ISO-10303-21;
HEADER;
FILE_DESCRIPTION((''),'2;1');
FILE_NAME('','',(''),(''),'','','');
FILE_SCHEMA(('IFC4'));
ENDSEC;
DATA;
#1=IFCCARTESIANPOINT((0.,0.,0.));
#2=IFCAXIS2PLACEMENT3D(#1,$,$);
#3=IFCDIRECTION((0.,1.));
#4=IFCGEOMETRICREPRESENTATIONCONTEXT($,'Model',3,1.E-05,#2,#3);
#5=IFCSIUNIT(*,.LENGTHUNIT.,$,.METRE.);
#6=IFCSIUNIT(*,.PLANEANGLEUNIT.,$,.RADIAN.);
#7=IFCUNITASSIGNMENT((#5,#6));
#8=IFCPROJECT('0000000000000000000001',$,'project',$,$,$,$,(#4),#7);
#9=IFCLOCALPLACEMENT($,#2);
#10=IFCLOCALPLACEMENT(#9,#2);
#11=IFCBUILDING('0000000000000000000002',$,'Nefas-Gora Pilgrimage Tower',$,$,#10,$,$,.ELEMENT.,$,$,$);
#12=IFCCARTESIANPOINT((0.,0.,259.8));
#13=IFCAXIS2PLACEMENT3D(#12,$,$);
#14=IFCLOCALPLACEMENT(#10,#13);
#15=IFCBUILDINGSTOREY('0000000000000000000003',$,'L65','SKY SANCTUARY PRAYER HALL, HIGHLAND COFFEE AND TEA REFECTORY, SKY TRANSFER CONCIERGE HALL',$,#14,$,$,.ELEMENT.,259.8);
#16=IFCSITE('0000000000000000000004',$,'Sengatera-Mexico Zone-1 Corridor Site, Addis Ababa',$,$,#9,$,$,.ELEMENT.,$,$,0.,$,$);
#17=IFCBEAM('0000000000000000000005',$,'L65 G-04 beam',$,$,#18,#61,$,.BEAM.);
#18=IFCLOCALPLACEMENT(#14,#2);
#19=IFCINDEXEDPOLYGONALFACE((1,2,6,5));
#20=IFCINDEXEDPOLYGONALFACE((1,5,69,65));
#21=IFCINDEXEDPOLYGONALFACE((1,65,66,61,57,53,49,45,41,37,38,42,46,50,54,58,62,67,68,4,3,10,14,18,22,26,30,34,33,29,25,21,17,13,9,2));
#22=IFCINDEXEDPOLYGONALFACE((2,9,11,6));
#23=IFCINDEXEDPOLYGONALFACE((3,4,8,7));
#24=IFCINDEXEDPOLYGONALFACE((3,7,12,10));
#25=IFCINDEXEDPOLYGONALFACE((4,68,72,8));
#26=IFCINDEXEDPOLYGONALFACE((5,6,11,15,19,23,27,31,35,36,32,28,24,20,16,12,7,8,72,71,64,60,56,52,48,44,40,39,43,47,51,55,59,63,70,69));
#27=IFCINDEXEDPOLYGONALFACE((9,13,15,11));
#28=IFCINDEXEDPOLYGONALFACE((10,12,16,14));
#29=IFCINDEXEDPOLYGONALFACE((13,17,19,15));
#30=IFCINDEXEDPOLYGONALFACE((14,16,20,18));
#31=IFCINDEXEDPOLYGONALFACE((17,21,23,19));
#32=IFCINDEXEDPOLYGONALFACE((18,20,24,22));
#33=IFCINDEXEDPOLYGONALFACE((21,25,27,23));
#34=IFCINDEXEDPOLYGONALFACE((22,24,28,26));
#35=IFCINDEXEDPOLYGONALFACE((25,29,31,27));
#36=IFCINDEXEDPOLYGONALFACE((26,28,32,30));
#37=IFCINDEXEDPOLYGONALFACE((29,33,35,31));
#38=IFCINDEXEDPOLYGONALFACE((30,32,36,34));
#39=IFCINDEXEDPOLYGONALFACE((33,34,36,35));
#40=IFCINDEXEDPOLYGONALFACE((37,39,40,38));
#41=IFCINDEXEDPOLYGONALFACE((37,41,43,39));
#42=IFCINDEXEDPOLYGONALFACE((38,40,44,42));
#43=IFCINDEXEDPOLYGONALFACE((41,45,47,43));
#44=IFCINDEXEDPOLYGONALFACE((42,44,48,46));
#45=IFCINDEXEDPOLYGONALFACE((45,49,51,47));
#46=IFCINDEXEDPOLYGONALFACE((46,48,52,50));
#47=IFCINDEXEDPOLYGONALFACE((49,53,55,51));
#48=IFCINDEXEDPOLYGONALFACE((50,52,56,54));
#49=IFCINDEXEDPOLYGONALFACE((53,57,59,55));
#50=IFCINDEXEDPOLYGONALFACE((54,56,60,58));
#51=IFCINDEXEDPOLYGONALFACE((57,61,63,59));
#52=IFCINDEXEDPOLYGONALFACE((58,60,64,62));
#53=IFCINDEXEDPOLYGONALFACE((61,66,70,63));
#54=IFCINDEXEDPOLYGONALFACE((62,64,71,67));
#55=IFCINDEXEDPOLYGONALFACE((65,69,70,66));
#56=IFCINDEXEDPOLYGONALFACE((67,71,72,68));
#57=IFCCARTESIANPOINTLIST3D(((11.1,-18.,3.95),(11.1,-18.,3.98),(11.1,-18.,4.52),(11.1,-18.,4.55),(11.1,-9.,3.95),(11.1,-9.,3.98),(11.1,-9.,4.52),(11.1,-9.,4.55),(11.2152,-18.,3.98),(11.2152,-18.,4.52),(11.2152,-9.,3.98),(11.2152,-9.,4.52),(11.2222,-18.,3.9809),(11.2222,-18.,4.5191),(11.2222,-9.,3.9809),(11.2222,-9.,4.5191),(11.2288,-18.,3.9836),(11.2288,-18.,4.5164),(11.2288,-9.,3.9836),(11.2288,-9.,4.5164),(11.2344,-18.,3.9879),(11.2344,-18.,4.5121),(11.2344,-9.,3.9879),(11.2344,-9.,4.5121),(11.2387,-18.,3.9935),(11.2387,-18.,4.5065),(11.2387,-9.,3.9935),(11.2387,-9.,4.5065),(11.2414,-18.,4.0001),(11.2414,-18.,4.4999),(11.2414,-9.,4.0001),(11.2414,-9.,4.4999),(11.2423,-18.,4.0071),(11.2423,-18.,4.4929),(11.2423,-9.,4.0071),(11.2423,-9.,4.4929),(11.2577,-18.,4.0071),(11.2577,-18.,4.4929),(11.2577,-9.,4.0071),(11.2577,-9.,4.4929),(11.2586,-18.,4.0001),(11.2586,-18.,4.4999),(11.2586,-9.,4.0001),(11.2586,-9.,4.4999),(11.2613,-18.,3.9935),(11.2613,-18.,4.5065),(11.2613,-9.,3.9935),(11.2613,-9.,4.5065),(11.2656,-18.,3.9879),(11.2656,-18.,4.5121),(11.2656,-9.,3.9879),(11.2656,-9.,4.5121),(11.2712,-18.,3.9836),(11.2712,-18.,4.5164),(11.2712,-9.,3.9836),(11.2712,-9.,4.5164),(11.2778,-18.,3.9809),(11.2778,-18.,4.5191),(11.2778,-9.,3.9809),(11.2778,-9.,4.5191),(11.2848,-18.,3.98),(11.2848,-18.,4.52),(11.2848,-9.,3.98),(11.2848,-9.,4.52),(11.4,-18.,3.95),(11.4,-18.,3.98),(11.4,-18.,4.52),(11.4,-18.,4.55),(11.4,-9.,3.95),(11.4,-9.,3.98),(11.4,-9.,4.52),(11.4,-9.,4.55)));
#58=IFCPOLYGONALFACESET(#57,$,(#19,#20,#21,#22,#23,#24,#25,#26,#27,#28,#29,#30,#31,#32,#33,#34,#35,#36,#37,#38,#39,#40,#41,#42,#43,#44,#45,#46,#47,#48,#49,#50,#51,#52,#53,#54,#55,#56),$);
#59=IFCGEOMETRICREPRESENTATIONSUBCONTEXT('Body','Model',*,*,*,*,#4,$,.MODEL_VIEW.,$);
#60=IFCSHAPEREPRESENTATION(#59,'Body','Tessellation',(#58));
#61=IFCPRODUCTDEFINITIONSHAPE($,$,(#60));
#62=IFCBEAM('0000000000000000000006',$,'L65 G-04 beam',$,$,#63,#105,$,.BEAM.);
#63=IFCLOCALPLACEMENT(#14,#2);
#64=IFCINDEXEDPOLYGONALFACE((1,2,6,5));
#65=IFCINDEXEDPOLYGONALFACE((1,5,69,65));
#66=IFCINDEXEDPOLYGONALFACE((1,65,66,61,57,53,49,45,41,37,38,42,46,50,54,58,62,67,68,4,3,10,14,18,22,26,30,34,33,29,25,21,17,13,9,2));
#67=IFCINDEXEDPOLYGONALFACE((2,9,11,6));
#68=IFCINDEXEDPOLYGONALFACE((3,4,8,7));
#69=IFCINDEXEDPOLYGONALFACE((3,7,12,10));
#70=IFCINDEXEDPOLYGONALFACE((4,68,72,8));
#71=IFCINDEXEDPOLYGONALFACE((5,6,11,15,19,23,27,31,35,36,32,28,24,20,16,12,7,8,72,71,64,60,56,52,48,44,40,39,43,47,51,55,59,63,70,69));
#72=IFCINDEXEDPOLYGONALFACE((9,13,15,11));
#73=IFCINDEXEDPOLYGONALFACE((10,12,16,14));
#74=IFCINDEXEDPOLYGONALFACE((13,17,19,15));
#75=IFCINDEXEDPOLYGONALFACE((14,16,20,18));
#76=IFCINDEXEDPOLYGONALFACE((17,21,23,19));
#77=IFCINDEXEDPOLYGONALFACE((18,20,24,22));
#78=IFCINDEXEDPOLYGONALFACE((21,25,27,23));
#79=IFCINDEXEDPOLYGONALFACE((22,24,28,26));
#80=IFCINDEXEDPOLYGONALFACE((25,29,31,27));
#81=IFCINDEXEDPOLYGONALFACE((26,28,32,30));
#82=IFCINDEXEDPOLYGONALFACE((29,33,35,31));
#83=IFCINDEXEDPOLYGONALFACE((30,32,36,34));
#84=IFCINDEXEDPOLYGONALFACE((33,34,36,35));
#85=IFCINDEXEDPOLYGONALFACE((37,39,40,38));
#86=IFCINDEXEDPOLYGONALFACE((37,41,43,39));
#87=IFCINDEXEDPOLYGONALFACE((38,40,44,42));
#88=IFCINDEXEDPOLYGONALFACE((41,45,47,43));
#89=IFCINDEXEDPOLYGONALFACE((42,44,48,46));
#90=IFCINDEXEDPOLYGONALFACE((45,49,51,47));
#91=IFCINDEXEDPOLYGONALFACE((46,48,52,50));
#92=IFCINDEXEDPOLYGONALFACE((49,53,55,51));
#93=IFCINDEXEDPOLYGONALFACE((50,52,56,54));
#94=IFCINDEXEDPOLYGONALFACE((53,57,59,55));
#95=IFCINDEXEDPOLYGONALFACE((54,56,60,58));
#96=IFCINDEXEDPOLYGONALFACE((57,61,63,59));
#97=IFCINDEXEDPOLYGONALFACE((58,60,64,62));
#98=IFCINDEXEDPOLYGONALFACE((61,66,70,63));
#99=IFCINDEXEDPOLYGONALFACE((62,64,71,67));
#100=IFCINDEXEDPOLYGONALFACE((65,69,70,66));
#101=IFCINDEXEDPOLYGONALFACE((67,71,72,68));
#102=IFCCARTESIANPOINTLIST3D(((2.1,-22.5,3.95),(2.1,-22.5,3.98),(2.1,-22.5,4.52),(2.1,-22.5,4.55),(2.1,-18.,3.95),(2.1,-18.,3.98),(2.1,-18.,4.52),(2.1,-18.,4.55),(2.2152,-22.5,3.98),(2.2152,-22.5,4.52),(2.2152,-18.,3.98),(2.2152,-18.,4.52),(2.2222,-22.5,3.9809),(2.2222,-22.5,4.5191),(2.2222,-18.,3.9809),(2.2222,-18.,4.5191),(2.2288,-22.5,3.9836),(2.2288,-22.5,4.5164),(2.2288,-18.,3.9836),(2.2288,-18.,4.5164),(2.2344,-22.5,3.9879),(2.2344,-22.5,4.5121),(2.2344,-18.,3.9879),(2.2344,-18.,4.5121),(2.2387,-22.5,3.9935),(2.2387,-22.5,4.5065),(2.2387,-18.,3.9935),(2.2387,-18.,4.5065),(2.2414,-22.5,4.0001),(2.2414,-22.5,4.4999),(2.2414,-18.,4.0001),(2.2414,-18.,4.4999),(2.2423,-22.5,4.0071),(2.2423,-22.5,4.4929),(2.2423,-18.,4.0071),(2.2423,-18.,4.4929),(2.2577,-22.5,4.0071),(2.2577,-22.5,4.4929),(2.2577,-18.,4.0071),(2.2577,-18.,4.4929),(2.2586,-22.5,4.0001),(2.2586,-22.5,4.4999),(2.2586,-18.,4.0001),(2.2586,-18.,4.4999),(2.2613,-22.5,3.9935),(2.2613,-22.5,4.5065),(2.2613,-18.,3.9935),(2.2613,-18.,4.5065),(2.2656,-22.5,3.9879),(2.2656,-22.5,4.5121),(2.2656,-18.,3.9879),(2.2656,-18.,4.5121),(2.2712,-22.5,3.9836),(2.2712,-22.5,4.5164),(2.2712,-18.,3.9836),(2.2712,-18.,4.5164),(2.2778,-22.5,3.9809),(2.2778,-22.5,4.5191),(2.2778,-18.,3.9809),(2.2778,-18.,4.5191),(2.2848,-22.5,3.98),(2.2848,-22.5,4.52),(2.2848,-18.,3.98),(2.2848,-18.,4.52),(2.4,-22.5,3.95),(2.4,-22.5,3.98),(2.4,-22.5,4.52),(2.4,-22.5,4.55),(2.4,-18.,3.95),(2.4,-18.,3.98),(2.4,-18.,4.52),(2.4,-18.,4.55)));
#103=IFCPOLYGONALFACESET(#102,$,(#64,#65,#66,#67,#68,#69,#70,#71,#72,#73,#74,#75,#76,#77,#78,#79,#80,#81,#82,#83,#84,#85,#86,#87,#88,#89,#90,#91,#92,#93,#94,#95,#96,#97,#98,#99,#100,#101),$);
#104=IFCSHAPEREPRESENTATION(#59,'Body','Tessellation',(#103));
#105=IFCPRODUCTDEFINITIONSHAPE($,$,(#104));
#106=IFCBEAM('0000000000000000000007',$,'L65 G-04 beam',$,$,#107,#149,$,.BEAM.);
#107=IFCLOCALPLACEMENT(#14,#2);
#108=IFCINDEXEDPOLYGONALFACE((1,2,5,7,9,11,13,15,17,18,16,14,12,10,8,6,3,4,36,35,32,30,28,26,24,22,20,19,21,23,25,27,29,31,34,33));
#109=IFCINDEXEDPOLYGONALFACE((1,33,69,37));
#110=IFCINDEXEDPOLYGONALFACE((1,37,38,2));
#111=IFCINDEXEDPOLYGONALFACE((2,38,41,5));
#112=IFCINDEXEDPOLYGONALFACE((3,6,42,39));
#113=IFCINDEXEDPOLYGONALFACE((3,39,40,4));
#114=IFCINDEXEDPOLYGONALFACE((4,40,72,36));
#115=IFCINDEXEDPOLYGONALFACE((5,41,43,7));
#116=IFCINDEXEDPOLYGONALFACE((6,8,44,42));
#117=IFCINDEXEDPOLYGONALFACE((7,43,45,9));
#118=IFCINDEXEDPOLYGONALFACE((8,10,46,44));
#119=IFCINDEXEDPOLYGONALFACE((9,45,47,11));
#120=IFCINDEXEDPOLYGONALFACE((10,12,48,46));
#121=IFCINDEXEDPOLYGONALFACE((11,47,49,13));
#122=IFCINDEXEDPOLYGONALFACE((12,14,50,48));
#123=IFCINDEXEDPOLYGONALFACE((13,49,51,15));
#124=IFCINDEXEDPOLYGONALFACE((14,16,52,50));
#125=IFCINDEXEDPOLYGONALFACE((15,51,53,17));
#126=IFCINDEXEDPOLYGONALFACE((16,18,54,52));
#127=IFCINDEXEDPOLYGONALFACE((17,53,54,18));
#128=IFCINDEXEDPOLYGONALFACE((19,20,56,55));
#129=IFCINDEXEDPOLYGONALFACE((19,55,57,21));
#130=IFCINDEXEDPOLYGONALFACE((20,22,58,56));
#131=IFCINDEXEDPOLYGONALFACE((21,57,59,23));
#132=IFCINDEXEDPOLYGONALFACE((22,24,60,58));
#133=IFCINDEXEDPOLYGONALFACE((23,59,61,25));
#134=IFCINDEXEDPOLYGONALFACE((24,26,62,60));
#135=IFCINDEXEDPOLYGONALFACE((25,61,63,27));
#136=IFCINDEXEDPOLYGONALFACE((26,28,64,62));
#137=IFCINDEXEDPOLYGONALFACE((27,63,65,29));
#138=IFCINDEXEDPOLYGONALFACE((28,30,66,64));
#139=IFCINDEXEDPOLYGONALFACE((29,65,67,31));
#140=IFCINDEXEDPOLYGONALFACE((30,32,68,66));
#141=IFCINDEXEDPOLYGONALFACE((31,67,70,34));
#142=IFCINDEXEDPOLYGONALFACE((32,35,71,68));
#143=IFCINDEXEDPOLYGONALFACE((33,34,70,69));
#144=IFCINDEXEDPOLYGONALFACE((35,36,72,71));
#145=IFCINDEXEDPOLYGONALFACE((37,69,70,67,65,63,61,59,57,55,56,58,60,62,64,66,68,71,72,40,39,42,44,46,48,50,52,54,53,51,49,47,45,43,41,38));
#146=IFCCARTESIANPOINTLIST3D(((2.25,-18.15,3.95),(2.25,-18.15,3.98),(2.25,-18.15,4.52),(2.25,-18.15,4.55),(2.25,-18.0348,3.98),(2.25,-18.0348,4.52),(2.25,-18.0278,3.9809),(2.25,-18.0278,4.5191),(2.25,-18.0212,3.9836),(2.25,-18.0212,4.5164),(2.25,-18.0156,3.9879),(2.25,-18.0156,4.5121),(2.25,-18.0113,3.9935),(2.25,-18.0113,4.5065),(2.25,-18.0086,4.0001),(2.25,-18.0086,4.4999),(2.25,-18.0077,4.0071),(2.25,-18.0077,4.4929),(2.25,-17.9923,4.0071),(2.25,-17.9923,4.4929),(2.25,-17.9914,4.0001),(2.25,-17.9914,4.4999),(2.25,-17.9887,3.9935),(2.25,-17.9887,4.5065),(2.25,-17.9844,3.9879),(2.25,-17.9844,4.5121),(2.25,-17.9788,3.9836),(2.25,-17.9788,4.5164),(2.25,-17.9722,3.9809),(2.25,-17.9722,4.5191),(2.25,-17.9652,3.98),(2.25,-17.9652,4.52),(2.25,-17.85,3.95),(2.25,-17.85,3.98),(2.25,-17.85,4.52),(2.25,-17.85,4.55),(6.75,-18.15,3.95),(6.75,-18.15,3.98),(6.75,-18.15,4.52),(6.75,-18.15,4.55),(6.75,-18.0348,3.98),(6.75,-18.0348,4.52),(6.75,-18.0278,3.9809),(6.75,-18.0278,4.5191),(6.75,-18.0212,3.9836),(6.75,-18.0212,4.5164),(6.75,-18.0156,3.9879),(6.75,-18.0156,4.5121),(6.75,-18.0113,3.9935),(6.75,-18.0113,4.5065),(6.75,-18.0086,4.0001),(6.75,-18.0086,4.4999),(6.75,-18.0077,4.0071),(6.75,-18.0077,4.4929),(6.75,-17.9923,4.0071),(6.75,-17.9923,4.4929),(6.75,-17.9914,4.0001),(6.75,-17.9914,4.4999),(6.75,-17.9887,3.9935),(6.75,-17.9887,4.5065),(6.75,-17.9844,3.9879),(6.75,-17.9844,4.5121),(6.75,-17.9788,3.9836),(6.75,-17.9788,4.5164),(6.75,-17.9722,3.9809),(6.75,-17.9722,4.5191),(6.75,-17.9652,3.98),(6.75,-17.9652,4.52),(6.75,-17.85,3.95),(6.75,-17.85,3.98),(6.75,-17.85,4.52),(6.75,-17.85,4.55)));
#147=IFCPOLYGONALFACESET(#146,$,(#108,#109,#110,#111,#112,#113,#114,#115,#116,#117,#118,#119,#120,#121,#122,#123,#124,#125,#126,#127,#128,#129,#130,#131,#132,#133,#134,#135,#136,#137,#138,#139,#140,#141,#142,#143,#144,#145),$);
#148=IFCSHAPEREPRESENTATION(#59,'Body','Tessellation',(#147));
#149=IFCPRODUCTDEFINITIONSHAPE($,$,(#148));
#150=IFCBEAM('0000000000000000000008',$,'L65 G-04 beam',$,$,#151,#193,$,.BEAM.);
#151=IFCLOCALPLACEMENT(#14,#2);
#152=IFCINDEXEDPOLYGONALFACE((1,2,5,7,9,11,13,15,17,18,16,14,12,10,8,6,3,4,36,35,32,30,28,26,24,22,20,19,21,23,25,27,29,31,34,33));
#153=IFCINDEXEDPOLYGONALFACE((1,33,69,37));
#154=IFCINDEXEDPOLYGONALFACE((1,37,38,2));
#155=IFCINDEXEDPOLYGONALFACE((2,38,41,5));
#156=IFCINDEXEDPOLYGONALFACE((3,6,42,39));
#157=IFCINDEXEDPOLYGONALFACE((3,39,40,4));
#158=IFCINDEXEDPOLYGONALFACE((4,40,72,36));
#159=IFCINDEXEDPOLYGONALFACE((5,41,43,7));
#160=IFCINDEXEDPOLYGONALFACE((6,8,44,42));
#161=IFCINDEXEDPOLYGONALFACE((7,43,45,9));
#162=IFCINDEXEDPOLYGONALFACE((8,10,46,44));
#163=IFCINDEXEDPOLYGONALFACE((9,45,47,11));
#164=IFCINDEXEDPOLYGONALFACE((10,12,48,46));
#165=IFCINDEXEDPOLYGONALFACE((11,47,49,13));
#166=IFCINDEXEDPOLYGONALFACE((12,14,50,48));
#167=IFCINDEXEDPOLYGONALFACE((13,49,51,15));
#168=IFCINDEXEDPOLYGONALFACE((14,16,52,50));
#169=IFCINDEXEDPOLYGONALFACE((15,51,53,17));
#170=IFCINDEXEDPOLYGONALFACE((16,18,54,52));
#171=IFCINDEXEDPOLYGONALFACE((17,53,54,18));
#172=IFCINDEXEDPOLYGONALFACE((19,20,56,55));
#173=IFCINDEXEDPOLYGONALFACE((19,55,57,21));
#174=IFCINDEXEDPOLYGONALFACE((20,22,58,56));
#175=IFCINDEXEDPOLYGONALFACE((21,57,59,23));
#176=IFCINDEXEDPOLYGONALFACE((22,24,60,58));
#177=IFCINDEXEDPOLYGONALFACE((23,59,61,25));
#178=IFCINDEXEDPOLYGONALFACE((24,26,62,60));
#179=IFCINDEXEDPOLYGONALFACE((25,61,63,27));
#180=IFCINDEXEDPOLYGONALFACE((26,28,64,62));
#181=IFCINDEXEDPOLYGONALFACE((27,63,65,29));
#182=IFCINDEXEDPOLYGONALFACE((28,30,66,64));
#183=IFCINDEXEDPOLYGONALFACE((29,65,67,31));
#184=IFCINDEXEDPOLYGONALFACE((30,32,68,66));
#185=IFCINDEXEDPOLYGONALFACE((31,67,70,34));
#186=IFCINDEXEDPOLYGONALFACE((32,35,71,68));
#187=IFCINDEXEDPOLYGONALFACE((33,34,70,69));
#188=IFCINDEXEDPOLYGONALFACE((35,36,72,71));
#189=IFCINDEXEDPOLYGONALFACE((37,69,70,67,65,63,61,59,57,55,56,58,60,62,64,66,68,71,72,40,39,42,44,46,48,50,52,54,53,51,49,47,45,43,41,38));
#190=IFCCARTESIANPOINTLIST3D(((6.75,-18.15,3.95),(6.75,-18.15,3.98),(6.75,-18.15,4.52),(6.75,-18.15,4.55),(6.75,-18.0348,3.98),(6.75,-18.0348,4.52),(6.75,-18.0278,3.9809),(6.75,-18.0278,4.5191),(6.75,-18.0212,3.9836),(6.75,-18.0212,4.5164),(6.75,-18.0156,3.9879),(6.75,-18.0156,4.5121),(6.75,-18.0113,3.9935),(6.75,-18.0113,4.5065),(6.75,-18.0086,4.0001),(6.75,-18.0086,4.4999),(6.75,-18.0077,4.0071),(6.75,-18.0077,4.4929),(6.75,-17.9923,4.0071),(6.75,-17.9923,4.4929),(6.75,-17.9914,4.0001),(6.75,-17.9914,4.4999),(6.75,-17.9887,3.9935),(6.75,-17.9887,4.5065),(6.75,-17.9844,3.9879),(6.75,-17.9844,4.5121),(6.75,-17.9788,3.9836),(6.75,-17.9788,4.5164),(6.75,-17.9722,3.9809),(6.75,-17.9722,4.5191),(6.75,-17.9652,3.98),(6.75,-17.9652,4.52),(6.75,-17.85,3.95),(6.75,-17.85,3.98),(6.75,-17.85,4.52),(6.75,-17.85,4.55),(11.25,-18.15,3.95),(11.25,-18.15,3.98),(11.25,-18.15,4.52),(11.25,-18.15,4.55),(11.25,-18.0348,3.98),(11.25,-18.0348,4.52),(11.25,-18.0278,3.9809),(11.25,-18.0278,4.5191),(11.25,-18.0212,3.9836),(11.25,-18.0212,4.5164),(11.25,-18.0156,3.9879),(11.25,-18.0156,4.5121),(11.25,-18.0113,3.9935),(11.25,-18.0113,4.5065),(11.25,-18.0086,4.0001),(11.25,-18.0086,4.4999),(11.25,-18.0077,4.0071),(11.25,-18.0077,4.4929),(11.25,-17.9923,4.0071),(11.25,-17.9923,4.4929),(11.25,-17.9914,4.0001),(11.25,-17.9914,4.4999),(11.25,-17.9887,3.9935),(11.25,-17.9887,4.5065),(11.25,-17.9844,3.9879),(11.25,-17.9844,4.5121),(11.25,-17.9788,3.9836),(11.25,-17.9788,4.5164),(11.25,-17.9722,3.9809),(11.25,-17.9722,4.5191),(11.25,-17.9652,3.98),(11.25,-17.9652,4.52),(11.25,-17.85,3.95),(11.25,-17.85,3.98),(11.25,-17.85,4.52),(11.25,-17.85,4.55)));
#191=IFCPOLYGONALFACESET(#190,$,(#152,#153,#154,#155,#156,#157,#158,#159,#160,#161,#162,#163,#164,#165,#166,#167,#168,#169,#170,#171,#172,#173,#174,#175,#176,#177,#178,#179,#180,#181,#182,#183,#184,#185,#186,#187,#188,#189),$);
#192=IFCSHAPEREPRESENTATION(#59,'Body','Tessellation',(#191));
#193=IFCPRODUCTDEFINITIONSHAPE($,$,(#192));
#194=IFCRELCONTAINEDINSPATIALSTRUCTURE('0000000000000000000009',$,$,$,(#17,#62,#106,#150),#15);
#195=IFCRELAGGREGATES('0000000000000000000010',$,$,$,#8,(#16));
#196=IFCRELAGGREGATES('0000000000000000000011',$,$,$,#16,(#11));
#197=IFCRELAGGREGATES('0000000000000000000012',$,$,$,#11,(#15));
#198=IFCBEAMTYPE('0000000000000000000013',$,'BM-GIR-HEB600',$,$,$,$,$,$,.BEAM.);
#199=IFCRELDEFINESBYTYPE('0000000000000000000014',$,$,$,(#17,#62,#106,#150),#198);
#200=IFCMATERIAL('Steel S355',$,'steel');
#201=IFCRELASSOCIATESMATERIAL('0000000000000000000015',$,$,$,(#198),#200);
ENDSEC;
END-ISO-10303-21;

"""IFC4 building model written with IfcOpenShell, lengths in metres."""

from ifc_helpers import new_model, si_unit, direction, frame, origin, origin_2d, place, context, subcontext, project, spatial, i_section, extrude, source, transform, mapped, material, material_profile, profile_set, type_object, element, save


model = new_model("IFC4")

# Units and contexts
model_context = context("Model", 3, precision=1e-05, world=origin(), true_north=direction((0.0, 1.0)))
body_context = subcontext(model_context, "Body", "Model", "MODEL_VIEW")
ifc_project = project(units=[si_unit("LENGTHUNIT", "METRE"), si_unit("PLANEANGLEUNIT", "RADIAN")], contexts=[model_context])

# Site, building, storey
site_placement = place(None, origin())
site = spatial("IfcSite", under=ifc_project, at=site_placement, Name="Sengatera-Mexico Zone-1 Corridor Site, Addis Ababa", CompositionType="ELEMENT", RefElevation=0.0)
building_placement = place(site_placement, origin())
building = spatial("IfcBuilding", under=site, at=building_placement, Name="Nefas-Gora Pilgrimage Tower", CompositionType="ELEMENT")
storey_placement = place(building_placement, frame((0.0, 0.0, 259.8)))
storey = spatial("IfcBuildingStorey", under=building, at=storey_placement, Name="L65", Description="SKY SANCTUARY PRAYER HALL, HIGHLAND COFFEE AND TEA REFECTORY, SKY TRANSFER CONCIERGE HALL", CompositionType="ELEMENT", Elevation=259.8)

# Beams
ifc_material_1 = material(Name="Steel S355", Category="steel")
ifc_material_profile_1 = material_profile(ifc_material_1, i_section(OverallWidth=0.3, OverallDepth=0.6001, WebThickness=0.0154, FlangeThickness=0.03, FilletRadius=0.0271, at=origin_2d()), Name="HEB 600")
ifc_profile_set_1 = profile_set([ifc_material_profile_1], Name="Steel S355")
beam_type = type_object("IfcBeamType", Name="BM-GIR-HEB600", PredefinedType="BEAM", material=ifc_profile_set_1)
shared_shape_1 = source(origin(), body_context, "Body", "SweptSolid", [
    extrude(i_section(OverallWidth=0.3, OverallDepth=0.6001, WebThickness=0.0154, FlangeThickness=0.03, FilletRadius=0.0271, at=origin_2d()), origin(), (0.0, 0.0, 1.0), 9.0),
])
beam_placement = place(storey_placement, frame((11.25, -18.0, 4.25), z_axis=(0.0, 1.0, 0.0), x_axis=(-1.0, 0.0, 0.0)))
element("IfcBeam", 1, at=beam_placement, inside=storey, type_object=beam_type, Name="L65 G-04 beam", PredefinedType="BEAM", context=body_context, shape_type="MappedRepresentation", body=[
    mapped(shared_shape_1, transform((0.0, 0.0, 0.0), x_axis=(1.0, 0.0, 0.0), y_axis=(0.0, 1.0, 0.0), z_axis=(0.0, 0.0, 1.0), scale=1.0)),
])
shared_shape_2 = source(origin(), body_context, "Body", "SweptSolid", [
    extrude(i_section(OverallWidth=0.3, OverallDepth=0.6001, WebThickness=0.0154, FlangeThickness=0.03, FilletRadius=0.0271, at=origin_2d()), origin(), (0.0, 0.0, 1.0), 4.5),
])
for number, where, z_axis, x_axis, name in (
    (2, (2.25, -22.5, 4.25), (0.0, 1.0, 0.0), (-1.0, 0.0, 0.0), "L65 G-04 beam"),
    (3, (2.25, -18.0, 4.25), (1.0, 0.0, 0.0), (0.0, 1.0, 0.0), "L65 G-04 beam"),
    (4, (6.75, -18.0, 4.25), (1.0, 0.0, 0.0), (0.0, 1.0, 0.0), "L65 G-04 beam"),
):
    element("IfcBeam", number, at=place(storey_placement, frame(where, z_axis=z_axis, x_axis=x_axis)), inside=storey, type_object=beam_type, Name=name, PredefinedType="BEAM", context=body_context, shape_type="MappedRepresentation", body=[
        mapped(shared_shape_2, transform((0.0, 0.0, 0.0), x_axis=(1.0, 0.0, 0.0), y_axis=(0.0, 1.0, 0.0), z_axis=(0.0, 0.0, 1.0), scale=1.0)),
    ])

save(model, "model.ifc")
